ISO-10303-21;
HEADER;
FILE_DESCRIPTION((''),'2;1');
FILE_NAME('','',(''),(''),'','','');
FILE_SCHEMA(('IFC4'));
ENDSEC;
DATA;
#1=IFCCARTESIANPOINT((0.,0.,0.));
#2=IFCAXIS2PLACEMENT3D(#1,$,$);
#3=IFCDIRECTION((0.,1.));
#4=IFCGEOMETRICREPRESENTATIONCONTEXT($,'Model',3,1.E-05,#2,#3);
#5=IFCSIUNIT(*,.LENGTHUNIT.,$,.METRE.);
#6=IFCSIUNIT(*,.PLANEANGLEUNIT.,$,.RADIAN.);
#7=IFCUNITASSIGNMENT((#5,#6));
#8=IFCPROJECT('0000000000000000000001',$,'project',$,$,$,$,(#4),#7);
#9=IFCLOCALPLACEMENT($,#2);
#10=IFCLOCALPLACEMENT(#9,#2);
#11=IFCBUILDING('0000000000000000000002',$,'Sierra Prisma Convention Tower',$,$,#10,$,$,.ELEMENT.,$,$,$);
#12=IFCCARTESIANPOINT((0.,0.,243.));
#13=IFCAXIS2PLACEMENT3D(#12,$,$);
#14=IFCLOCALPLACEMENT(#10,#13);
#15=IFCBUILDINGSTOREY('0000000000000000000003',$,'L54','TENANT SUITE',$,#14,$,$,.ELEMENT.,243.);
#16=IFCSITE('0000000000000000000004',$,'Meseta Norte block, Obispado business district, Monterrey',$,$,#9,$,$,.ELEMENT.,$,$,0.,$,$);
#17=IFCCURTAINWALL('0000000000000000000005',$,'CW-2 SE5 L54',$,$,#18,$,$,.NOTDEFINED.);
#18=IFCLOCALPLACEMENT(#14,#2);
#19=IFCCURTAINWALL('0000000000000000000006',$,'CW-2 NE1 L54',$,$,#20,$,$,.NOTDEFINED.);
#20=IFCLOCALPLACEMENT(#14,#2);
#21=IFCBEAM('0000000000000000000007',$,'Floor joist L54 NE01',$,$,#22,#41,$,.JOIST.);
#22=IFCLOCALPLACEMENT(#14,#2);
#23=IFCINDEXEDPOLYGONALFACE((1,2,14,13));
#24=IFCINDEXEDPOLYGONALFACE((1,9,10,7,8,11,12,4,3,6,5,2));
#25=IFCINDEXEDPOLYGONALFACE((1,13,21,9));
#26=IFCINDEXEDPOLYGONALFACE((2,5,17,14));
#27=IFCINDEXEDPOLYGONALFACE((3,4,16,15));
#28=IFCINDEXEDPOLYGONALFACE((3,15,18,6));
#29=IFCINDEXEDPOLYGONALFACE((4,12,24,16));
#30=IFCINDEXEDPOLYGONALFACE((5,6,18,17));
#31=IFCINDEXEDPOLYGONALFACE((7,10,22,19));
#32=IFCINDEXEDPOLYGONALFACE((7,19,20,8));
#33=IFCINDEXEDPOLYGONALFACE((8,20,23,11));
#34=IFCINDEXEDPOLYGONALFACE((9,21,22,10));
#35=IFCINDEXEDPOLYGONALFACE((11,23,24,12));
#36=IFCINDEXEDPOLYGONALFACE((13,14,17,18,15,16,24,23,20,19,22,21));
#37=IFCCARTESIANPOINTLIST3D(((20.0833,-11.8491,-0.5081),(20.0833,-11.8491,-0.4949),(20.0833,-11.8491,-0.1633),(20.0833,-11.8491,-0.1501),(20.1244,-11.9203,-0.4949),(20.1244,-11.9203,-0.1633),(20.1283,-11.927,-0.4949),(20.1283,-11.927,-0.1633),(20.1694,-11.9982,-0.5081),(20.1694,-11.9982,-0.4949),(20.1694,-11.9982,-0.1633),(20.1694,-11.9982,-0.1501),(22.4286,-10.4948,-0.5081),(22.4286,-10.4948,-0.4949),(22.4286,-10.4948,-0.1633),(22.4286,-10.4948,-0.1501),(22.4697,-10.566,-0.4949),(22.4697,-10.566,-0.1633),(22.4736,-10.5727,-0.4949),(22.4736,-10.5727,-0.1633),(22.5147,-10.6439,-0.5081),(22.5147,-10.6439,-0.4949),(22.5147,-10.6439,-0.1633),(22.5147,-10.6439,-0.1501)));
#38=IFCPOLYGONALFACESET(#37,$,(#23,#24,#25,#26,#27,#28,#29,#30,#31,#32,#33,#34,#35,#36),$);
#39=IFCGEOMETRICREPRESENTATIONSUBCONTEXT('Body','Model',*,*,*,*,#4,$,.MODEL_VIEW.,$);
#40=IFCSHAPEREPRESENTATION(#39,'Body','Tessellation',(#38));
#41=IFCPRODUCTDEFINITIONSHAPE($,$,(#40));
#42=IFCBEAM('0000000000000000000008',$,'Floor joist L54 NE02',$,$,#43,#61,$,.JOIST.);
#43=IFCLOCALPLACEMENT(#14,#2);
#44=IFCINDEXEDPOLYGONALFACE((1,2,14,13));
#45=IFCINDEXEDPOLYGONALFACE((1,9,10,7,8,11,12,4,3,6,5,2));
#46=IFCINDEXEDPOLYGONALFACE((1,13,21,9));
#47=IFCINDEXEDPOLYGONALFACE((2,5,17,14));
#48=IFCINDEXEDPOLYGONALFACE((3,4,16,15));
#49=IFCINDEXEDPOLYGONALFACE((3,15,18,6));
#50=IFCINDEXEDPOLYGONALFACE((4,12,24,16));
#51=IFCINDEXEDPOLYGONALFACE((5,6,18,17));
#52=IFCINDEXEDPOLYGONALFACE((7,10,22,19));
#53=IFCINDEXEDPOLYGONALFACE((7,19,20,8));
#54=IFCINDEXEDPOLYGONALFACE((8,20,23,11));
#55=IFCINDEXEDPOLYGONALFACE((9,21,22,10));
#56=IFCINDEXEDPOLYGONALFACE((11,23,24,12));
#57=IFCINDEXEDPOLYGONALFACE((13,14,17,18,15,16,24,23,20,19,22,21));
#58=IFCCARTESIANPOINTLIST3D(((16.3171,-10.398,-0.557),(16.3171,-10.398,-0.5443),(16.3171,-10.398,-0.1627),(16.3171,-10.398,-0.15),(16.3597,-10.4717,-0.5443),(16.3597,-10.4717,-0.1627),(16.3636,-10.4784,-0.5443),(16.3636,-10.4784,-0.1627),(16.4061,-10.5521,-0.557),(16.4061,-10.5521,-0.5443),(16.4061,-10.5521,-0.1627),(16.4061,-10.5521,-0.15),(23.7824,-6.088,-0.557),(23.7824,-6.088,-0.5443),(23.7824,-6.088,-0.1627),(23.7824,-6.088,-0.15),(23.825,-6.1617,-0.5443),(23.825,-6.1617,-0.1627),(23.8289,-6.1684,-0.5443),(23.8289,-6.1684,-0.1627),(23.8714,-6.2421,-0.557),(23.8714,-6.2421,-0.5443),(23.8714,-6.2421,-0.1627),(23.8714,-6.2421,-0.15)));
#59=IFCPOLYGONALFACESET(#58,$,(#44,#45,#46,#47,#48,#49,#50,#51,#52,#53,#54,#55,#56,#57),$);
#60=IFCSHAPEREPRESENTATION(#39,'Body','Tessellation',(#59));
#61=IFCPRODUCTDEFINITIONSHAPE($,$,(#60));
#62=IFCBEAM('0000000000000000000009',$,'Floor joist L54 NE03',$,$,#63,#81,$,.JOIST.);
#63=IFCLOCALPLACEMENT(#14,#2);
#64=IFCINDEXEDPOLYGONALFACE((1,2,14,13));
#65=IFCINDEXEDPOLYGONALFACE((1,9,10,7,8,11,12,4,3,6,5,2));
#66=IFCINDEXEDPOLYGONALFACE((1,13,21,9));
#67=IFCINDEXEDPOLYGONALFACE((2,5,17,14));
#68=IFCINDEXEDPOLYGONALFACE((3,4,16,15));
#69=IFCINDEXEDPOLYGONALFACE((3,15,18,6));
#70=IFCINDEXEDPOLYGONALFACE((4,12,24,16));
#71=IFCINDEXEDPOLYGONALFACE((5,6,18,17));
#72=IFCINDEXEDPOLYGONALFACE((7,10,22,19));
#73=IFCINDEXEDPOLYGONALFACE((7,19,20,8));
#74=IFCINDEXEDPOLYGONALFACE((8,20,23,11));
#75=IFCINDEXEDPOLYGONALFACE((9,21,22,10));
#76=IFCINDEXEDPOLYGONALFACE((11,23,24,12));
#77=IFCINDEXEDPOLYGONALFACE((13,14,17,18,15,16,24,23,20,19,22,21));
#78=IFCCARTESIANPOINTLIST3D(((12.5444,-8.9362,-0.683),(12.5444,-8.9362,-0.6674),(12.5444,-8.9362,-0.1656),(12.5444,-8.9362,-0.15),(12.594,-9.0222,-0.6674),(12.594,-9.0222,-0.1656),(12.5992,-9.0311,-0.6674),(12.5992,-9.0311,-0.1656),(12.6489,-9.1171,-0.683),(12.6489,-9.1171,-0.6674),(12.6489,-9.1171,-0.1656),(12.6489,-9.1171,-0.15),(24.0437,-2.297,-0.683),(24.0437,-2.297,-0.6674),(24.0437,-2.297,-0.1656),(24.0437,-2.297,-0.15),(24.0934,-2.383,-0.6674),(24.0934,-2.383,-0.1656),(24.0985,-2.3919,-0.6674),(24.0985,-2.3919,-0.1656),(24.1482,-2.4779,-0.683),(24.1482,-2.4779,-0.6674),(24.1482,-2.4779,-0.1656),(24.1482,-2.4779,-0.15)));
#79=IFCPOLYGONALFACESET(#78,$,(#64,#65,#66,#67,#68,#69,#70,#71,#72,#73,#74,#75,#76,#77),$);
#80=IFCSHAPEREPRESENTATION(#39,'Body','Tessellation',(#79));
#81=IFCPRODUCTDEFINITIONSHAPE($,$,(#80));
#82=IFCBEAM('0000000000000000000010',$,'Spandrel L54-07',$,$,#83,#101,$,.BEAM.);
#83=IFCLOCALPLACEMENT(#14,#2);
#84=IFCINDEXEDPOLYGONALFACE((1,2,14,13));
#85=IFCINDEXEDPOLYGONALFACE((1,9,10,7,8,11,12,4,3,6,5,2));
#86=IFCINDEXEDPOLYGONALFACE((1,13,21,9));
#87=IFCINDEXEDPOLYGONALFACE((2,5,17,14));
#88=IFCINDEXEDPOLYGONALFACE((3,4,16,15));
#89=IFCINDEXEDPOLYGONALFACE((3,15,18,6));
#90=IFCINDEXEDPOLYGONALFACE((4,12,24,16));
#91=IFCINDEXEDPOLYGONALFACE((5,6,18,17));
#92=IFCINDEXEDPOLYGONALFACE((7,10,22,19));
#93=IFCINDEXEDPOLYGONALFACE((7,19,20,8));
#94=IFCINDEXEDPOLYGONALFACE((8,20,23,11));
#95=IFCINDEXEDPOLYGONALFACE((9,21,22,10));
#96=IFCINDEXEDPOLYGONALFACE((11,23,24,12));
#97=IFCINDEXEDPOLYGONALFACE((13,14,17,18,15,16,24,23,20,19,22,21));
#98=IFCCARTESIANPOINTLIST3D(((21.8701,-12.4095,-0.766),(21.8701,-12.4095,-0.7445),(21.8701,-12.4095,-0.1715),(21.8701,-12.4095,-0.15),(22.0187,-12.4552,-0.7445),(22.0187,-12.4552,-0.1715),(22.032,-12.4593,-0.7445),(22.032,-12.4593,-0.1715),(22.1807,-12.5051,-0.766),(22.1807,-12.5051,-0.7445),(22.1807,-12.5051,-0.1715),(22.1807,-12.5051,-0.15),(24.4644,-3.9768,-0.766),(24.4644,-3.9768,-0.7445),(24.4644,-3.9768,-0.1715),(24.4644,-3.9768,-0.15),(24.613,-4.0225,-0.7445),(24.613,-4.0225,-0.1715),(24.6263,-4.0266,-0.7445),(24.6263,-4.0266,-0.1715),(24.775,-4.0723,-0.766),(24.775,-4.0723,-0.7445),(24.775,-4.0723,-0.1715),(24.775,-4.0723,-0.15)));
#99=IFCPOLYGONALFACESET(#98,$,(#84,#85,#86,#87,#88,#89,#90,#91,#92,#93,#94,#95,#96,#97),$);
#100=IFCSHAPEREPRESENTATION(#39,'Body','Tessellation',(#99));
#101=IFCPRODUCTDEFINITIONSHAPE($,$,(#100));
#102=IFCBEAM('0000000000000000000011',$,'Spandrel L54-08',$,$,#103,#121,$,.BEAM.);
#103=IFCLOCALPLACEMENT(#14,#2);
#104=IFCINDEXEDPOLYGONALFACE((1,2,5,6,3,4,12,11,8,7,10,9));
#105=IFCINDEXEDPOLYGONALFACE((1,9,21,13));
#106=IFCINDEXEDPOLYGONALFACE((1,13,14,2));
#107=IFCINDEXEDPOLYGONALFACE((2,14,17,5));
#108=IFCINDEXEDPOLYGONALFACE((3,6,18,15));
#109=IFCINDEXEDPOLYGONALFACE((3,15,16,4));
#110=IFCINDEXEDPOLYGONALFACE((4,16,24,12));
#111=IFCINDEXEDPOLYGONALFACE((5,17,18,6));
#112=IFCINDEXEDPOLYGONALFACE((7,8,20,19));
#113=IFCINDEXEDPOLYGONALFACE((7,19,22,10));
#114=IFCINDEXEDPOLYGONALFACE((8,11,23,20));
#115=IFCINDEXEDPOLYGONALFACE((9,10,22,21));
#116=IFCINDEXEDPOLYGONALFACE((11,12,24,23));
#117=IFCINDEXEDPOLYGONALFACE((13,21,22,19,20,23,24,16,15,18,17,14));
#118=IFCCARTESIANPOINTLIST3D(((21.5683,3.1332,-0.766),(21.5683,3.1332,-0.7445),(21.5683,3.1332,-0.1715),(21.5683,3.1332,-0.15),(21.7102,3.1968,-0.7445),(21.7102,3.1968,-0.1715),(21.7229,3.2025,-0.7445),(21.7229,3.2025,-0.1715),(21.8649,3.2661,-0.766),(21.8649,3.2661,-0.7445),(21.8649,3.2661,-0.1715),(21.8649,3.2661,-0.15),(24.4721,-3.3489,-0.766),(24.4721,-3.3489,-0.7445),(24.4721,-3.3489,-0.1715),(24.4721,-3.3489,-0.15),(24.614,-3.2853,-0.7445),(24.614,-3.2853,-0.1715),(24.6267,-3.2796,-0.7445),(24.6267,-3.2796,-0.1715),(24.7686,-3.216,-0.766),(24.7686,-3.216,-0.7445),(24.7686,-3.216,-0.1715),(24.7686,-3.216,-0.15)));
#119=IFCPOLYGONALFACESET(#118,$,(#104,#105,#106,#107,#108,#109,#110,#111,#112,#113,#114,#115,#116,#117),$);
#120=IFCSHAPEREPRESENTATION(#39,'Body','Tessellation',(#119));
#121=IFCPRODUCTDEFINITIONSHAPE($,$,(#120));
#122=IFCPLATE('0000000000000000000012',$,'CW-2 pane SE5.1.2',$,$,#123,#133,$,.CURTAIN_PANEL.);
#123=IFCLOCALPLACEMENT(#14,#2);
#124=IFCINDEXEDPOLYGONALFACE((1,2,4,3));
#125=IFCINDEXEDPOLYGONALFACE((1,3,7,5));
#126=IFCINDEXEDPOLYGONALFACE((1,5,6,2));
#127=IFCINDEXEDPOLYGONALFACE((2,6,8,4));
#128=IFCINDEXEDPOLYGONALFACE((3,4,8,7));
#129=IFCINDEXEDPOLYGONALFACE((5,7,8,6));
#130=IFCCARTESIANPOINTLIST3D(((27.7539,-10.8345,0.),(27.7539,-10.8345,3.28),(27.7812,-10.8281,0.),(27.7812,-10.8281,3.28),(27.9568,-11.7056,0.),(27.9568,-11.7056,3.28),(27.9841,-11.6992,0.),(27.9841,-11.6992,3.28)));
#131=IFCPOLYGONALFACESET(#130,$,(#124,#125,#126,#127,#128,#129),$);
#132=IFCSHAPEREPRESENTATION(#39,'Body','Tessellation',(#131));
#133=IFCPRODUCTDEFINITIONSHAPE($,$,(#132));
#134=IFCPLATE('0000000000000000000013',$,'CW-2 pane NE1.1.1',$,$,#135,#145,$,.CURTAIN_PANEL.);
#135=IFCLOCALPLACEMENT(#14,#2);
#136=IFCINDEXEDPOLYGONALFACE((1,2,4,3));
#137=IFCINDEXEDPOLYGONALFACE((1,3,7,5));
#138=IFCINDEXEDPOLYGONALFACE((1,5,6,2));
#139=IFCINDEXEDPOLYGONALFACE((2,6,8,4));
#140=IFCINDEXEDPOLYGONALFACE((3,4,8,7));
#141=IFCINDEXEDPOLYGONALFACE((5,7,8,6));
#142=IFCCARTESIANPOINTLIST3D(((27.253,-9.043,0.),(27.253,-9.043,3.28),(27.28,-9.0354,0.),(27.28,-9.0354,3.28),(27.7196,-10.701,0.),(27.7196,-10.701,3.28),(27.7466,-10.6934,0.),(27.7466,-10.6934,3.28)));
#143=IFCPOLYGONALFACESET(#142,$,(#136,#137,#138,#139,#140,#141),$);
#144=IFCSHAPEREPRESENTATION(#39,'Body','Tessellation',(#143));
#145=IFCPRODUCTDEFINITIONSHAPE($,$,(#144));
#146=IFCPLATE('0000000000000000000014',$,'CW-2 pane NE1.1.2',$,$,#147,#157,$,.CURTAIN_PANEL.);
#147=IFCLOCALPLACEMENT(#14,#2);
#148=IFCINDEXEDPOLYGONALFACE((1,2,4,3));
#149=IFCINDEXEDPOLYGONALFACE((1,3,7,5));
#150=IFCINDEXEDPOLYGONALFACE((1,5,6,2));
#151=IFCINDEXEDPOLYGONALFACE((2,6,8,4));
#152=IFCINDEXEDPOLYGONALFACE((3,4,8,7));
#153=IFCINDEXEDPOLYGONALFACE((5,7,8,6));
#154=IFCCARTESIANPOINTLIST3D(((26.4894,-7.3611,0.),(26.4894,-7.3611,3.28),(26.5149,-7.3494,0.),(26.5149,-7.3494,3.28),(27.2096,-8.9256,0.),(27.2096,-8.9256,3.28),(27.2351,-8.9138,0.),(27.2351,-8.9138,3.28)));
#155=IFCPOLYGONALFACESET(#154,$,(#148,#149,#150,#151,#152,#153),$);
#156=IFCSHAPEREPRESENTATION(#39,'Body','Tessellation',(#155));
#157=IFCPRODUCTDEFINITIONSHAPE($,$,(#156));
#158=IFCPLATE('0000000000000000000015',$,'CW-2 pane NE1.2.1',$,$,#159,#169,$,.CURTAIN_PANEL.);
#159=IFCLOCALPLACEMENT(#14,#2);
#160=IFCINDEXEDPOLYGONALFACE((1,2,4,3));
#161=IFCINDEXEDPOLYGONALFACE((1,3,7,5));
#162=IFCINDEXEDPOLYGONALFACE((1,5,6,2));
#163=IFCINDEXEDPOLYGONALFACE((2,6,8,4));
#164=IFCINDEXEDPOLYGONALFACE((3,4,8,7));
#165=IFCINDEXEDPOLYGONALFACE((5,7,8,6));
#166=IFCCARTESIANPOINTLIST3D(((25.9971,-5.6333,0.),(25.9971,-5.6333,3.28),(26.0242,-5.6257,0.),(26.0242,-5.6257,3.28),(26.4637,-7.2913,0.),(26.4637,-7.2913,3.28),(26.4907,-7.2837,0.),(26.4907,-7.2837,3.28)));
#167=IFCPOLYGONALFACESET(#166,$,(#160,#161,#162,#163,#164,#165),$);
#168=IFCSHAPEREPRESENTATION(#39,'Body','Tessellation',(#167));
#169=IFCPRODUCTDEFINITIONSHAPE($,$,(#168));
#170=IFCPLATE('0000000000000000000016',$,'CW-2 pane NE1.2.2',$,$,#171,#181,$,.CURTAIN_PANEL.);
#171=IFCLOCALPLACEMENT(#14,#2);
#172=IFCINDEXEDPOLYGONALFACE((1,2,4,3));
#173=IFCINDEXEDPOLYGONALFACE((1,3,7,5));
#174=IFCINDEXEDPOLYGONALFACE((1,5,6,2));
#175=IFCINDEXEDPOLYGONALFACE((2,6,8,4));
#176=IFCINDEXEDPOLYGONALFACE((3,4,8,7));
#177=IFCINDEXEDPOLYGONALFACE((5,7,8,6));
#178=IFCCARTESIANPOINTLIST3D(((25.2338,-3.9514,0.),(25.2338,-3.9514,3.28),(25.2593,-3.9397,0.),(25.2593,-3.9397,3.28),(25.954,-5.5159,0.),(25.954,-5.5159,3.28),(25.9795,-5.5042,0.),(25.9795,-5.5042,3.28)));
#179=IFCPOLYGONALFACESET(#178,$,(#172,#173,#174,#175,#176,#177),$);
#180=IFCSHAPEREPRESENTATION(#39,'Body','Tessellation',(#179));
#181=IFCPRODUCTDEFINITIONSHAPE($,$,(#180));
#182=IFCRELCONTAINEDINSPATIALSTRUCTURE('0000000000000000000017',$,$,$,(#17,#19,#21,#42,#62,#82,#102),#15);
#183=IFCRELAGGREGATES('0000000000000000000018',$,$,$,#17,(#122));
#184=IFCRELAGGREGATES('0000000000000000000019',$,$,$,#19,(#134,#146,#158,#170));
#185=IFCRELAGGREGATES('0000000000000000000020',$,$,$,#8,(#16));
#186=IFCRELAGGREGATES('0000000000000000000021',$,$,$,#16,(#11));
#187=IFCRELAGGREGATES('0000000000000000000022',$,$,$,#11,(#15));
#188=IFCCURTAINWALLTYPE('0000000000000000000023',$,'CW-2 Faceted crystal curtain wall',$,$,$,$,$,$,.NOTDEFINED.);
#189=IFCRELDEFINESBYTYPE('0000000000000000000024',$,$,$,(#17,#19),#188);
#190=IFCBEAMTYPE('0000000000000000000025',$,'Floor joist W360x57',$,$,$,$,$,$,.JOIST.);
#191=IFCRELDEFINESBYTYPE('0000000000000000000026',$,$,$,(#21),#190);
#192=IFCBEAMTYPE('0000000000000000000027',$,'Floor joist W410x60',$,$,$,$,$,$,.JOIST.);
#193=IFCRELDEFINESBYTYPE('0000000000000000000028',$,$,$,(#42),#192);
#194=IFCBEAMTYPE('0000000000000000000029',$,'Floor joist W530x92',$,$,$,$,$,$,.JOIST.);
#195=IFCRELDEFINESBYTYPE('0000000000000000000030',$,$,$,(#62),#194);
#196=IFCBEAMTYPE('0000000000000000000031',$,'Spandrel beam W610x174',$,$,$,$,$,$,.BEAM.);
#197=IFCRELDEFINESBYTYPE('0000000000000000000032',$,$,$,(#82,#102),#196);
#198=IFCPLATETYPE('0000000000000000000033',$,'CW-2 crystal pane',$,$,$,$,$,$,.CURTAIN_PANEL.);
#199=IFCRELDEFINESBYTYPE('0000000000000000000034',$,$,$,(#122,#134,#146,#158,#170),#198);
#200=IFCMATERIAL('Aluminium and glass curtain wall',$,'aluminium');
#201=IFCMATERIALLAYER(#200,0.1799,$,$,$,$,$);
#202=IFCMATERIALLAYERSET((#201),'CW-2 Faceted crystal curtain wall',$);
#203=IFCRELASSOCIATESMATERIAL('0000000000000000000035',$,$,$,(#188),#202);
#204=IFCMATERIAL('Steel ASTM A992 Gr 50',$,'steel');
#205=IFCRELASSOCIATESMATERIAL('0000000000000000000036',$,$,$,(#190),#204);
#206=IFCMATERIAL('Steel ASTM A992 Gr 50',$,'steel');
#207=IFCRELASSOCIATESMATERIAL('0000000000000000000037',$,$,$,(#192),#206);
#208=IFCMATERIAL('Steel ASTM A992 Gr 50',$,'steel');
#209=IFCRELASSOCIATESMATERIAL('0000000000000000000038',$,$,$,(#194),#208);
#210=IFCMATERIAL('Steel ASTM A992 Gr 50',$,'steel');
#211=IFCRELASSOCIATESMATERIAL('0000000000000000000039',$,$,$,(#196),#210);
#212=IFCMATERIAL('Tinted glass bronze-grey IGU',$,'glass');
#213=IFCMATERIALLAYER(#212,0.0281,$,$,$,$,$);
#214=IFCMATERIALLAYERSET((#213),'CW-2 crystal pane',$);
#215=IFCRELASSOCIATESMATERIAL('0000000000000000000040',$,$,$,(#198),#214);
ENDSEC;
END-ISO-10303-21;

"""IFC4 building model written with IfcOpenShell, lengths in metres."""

from ifc_helpers import new_model, si_unit, direction, frame, origin, origin_2d, place, context, subcontext, project, spatial, polyline, i_section, outline, extrude, material, layer, layer_set, material_profile, profile_set, type_object, element, aggregate, save


model = new_model("IFC4")

# Units and contexts
model_context = context("Model", 3, precision=1e-05, world=origin(), true_north=direction((0.0, 1.0)))
body_context = subcontext(model_context, "Body", "Model", "MODEL_VIEW")
ifc_project = project(units=[si_unit("LENGTHUNIT", "METRE"), si_unit("PLANEANGLEUNIT", "RADIAN")], contexts=[model_context])

# Site, building, storey
site_placement = place(None, origin())
site = spatial("IfcSite", under=ifc_project, at=site_placement, Name="Meseta Norte block, Obispado business district, Monterrey", CompositionType="ELEMENT", RefElevation=0.0)
building_placement = place(site_placement, origin())
building = spatial("IfcBuilding", under=site, at=building_placement, Name="Sierra Prisma Convention Tower", CompositionType="ELEMENT")
storey_placement = place(building_placement, frame((0.0, 0.0, 243.0)))
storey = spatial("IfcBuildingStorey", under=building, at=storey_placement, Name="L54", Description="TENANT SUITE", CompositionType="ELEMENT", Elevation=243.0)

# Curtain wall
ifc_material_1 = material(Name="Aluminium and glass curtain wall", Category="aluminium")
ifc_layer_1 = layer(ifc_material_1, 0.1799)
ifc_layer_set_1 = layer_set([ifc_layer_1], Name="CW-2 Faceted crystal curtain wall")
curtain_wall_type = type_object("IfcCurtainWallType", Name="CW-2 Faceted crystal curtain wall", PredefinedType="NOTDEFINED", material=ifc_layer_set_1)
curtain_wall_1_placement = place(storey_placement, origin())
curtain_wall_1 = element("IfcCurtainWall", 1, at=curtain_wall_1_placement, inside=storey, type_object=curtain_wall_type, Name="CW-2 SE5 L54", PredefinedType="NOTDEFINED")

# Curtain wall
curtain_wall_2_placement = place(storey_placement, origin())
curtain_wall_2 = element("IfcCurtainWall", 2, at=curtain_wall_2_placement, inside=storey, type_object=curtain_wall_type, Name="CW-2 NE1 L54", PredefinedType="NOTDEFINED")

# Beams
ifc_material_2 = material(Name="Steel ASTM A992 Gr 50", Category="steel")
ifc_material_profile_1 = material_profile(ifc_material_2, i_section(OverallWidth=0.1721, OverallDepth=0.3579, WebThickness=0.0078, FlangeThickness=0.0132, at=origin_2d()), Name="W360x57")
ifc_profile_set_1 = profile_set([ifc_material_profile_1], Name="Steel ASTM A992 Gr 50")
beam_type_1 = type_object("IfcBeamType", Name="Floor joist W360x57", PredefinedType="JOIST", material=ifc_profile_set_1)
beam_1_placement = place(storey_placement, frame((22.4717, -10.5693, -0.3291), z_axis=(-0.865987, -0.500066, 0.0), x_axis=(0.500066, -0.865987, 0.0)))
element("IfcBeam", 3, at=beam_1_placement, inside=storey, type_object=beam_type_1, Name="Floor joist L54 NE01", PredefinedType="JOIST", context=body_context, shape_type="SweptSolid", body=[
    extrude(i_section(OverallWidth=0.1721, OverallDepth=0.3579, WebThickness=0.0078, FlangeThickness=0.0132, at=origin_2d()), origin(), (0.0, 0.0, 1.0), 2.7083),
])
ifc_material_3 = material(Name="Steel ASTM A992 Gr 50", Category="steel")
ifc_material_profile_2 = material_profile(ifc_material_3, i_section(OverallWidth=0.178, OverallDepth=0.407, WebThickness=0.0078, FlangeThickness=0.0127, at=origin_2d()), Name="W410x60")
ifc_profile_set_2 = profile_set([ifc_material_profile_2], Name="Steel ASTM A992 Gr 50")
beam_type_2 = type_object("IfcBeamType", Name="Floor joist W410x60", PredefinedType="JOIST", material=ifc_profile_set_2)
beam_2_placement = place(storey_placement, frame((23.8269, -6.165, -0.3535), z_axis=(-0.866028, -0.499995, 0.0), x_axis=(0.499995, -0.866028, 0.0)))
element("IfcBeam", 4, at=beam_2_placement, inside=storey, type_object=beam_type_2, Name="Floor joist L54 NE02", PredefinedType="JOIST", context=body_context, shape_type="SweptSolid", body=[
    extrude(i_section(OverallWidth=0.178, OverallDepth=0.407, WebThickness=0.0078, FlangeThickness=0.0127, at=origin_2d()), origin(), (0.0, 0.0, 1.0), 8.6201),
])
ifc_material_4 = material(Name="Steel ASTM A992 Gr 50", Category="steel")
ifc_material_profile_3 = material_profile(ifc_material_4, i_section(OverallWidth=0.209, OverallDepth=0.533, WebThickness=0.0103, FlangeThickness=0.0156, at=origin_2d()), Name="W530x92")
ifc_profile_set_3 = profile_set([ifc_material_profile_3], Name="Steel ASTM A992 Gr 50")
beam_type_3 = type_object("IfcBeamType", Name="Floor joist W530x92", PredefinedType="JOIST", material=ifc_profile_set_3)
beam_3_placement = place(storey_placement, frame((24.0959, -2.3875, -0.4165), z_axis=(-0.866024, -0.500003, 0.0), x_axis=(0.500003, -0.866024, 0.0)))
element("IfcBeam", 5, at=beam_3_placement, inside=storey, type_object=beam_type_3, Name="Floor joist L54 NE03", PredefinedType="JOIST", context=body_context, shape_type="SweptSolid", body=[
    extrude(i_section(OverallWidth=0.209, OverallDepth=0.533, WebThickness=0.0103, FlangeThickness=0.0156, at=origin_2d()), origin(), (0.0, 0.0, 1.0), 13.2783),
])
ifc_material_5 = material(Name="Steel ASTM A992 Gr 50", Category="steel")
ifc_material_profile_4 = material_profile(ifc_material_5, i_section(OverallWidth=0.325, OverallDepth=0.616, WebThickness=0.0139, FlangeThickness=0.0215, at=origin_2d()), Name="W610x174")
ifc_profile_set_4 = profile_set([ifc_material_profile_4], Name="Steel ASTM A992 Gr 50")
beam_type_4 = type_object("IfcBeamType", Name="Spandrel beam W610x174", PredefinedType="BEAM", material=ifc_profile_set_4)
beam_4_placement = place(storey_placement, frame((22.0254, -12.4573, -0.458), z_axis=(0.294043, 0.955792, 0.0), x_axis=(-0.955792, 0.294043, 0.0)))
element("IfcBeam", 6, at=beam_4_placement, inside=storey, type_object=beam_type_4, Name="Spandrel L54-07", PredefinedType="BEAM", context=body_context, shape_type="SweptSolid", body=[
    extrude(i_section(OverallWidth=0.325, OverallDepth=0.616, WebThickness=0.0139, FlangeThickness=0.0215, at=origin_2d()), origin(), (0.0, 0.0, 1.0), 8.8228),
])
beam_5_placement = place(storey_placement, frame((24.6204, -3.2825, -0.458), z_axis=(-0.408822, 0.912614, 0.0), x_axis=(-0.912614, -0.408822, 0.0)))
element("IfcBeam", 7, at=beam_5_placement, inside=storey, type_object=beam_type_4, Name="Spandrel L54-08", PredefinedType="BEAM", context=body_context, shape_type="SweptSolid", body=[
    extrude(i_section(OverallWidth=0.325, OverallDepth=0.616, WebThickness=0.0139, FlangeThickness=0.0215, at=origin_2d()), origin(), (0.0, 0.0, 1.0), 7.1028),
])

# Plates
ifc_material_6 = material(Name="Tinted glass bronze-grey IGU", Category="glass")
ifc_layer_2 = layer(ifc_material_6, 0.0281)
ifc_layer_set_2 = layer_set([ifc_layer_2], Name="CW-2 crystal pane")
plate_type = type_object("IfcPlateType", Name="CW-2 crystal pane", PredefinedType="CURTAIN_PANEL", material=ifc_layer_set_2)
plate_1_placement = place(storey_placement, frame((27.7812, -10.8281, 0.0), z_axis=(0.973934, 0.226833, 0.0), x_axis=(0.226833, -0.973934, 0.0)))
plate_1 = element("IfcPlate", 8, at=plate_1_placement, type_object=plate_type, Name="CW-2 pane SE5.1.2", PredefinedType="CURTAIN_PANEL", context=body_context, shape_type="SweptSolid", body=[
    extrude(outline(polyline([(0.0, 0.0), (0.8944, 0.0), (0.8944, -3.28), (0.0, -3.28), (0.0, 0.0)])), origin(), (0.0, 0.0, -1.0), 0.0281),
])
aggregate(curtain_wall_1, [plate_1])
plate_2_placement = place(storey_placement, frame((27.7466, -10.6934, 0.0), z_axis=(0.962613, 0.270881, 0.0), x_axis=(-0.270881, 0.962613, 0.0)))
plate_2 = element("IfcPlate", 9, at=plate_2_placement, type_object=plate_type, Name="CW-2 pane NE1.1.1", PredefinedType="CURTAIN_PANEL", context=body_context, shape_type="SweptSolid", body=[
    extrude(outline(polyline([(0.0, 0.0), (1.7224, 0.0), (1.7224, 3.28), (0.0, 3.28), (0.0, 0.0)])), origin(), (0.0, 0.0, -1.0), 0.0281),
])
plate_3_placement = place(storey_placement, frame((26.5149, -7.3494, 0.0), z_axis=(0.908366, 0.418177, 0.0), x_axis=(0.418177, -0.908366, 0.0)))
plate_3 = element("IfcPlate", 10, at=plate_3_placement, type_object=plate_type, Name="CW-2 pane NE1.1.2", PredefinedType="CURTAIN_PANEL", context=body_context, shape_type="SweptSolid", body=[
    extrude(outline(polyline([(0.0, 0.0), (1.7223, 0.0), (1.7223, -3.28), (0.0, -3.28), (0.0, 0.0)])), origin(), (0.0, 0.0, -1.0), 0.0281),
])
plate_4_placement = place(storey_placement, frame((26.4907, -7.2837, 0.0), z_axis=(0.962613, 0.270881, 0.0), x_axis=(-0.270881, 0.962613, 0.0)))
plate_4 = element("IfcPlate", 11, at=plate_4_placement, type_object=plate_type, Name="CW-2 pane NE1.2.1", PredefinedType="CURTAIN_PANEL", context=body_context, shape_type="SweptSolid", body=[
    extrude(outline(polyline([(0.0, 0.0), (1.7224, 0.0), (1.7224, 3.28), (0.0, 3.28), (0.0, 0.0)])), origin(), (0.0, 0.0, -1.0), 0.0281),
])
plate_5_placement = place(storey_placement, frame((25.2593, -3.9397, 0.0), z_axis=(0.908366, 0.418177, 0.0), x_axis=(0.418177, -0.908366, 0.0)))
plate_5 = element("IfcPlate", 12, at=plate_5_placement, type_object=plate_type, Name="CW-2 pane NE1.2.2", PredefinedType="CURTAIN_PANEL", context=body_context, shape_type="SweptSolid", body=[
    extrude(outline(polyline([(0.0, 0.0), (1.7223, 0.0), (1.7223, -3.28), (0.0, -3.28), (0.0, 0.0)])), origin(), (0.0, 0.0, -1.0), 0.0281),
])
aggregate(curtain_wall_2, [plate_2, plate_3, plate_4, plate_5])

save(model, "model.ifc")
